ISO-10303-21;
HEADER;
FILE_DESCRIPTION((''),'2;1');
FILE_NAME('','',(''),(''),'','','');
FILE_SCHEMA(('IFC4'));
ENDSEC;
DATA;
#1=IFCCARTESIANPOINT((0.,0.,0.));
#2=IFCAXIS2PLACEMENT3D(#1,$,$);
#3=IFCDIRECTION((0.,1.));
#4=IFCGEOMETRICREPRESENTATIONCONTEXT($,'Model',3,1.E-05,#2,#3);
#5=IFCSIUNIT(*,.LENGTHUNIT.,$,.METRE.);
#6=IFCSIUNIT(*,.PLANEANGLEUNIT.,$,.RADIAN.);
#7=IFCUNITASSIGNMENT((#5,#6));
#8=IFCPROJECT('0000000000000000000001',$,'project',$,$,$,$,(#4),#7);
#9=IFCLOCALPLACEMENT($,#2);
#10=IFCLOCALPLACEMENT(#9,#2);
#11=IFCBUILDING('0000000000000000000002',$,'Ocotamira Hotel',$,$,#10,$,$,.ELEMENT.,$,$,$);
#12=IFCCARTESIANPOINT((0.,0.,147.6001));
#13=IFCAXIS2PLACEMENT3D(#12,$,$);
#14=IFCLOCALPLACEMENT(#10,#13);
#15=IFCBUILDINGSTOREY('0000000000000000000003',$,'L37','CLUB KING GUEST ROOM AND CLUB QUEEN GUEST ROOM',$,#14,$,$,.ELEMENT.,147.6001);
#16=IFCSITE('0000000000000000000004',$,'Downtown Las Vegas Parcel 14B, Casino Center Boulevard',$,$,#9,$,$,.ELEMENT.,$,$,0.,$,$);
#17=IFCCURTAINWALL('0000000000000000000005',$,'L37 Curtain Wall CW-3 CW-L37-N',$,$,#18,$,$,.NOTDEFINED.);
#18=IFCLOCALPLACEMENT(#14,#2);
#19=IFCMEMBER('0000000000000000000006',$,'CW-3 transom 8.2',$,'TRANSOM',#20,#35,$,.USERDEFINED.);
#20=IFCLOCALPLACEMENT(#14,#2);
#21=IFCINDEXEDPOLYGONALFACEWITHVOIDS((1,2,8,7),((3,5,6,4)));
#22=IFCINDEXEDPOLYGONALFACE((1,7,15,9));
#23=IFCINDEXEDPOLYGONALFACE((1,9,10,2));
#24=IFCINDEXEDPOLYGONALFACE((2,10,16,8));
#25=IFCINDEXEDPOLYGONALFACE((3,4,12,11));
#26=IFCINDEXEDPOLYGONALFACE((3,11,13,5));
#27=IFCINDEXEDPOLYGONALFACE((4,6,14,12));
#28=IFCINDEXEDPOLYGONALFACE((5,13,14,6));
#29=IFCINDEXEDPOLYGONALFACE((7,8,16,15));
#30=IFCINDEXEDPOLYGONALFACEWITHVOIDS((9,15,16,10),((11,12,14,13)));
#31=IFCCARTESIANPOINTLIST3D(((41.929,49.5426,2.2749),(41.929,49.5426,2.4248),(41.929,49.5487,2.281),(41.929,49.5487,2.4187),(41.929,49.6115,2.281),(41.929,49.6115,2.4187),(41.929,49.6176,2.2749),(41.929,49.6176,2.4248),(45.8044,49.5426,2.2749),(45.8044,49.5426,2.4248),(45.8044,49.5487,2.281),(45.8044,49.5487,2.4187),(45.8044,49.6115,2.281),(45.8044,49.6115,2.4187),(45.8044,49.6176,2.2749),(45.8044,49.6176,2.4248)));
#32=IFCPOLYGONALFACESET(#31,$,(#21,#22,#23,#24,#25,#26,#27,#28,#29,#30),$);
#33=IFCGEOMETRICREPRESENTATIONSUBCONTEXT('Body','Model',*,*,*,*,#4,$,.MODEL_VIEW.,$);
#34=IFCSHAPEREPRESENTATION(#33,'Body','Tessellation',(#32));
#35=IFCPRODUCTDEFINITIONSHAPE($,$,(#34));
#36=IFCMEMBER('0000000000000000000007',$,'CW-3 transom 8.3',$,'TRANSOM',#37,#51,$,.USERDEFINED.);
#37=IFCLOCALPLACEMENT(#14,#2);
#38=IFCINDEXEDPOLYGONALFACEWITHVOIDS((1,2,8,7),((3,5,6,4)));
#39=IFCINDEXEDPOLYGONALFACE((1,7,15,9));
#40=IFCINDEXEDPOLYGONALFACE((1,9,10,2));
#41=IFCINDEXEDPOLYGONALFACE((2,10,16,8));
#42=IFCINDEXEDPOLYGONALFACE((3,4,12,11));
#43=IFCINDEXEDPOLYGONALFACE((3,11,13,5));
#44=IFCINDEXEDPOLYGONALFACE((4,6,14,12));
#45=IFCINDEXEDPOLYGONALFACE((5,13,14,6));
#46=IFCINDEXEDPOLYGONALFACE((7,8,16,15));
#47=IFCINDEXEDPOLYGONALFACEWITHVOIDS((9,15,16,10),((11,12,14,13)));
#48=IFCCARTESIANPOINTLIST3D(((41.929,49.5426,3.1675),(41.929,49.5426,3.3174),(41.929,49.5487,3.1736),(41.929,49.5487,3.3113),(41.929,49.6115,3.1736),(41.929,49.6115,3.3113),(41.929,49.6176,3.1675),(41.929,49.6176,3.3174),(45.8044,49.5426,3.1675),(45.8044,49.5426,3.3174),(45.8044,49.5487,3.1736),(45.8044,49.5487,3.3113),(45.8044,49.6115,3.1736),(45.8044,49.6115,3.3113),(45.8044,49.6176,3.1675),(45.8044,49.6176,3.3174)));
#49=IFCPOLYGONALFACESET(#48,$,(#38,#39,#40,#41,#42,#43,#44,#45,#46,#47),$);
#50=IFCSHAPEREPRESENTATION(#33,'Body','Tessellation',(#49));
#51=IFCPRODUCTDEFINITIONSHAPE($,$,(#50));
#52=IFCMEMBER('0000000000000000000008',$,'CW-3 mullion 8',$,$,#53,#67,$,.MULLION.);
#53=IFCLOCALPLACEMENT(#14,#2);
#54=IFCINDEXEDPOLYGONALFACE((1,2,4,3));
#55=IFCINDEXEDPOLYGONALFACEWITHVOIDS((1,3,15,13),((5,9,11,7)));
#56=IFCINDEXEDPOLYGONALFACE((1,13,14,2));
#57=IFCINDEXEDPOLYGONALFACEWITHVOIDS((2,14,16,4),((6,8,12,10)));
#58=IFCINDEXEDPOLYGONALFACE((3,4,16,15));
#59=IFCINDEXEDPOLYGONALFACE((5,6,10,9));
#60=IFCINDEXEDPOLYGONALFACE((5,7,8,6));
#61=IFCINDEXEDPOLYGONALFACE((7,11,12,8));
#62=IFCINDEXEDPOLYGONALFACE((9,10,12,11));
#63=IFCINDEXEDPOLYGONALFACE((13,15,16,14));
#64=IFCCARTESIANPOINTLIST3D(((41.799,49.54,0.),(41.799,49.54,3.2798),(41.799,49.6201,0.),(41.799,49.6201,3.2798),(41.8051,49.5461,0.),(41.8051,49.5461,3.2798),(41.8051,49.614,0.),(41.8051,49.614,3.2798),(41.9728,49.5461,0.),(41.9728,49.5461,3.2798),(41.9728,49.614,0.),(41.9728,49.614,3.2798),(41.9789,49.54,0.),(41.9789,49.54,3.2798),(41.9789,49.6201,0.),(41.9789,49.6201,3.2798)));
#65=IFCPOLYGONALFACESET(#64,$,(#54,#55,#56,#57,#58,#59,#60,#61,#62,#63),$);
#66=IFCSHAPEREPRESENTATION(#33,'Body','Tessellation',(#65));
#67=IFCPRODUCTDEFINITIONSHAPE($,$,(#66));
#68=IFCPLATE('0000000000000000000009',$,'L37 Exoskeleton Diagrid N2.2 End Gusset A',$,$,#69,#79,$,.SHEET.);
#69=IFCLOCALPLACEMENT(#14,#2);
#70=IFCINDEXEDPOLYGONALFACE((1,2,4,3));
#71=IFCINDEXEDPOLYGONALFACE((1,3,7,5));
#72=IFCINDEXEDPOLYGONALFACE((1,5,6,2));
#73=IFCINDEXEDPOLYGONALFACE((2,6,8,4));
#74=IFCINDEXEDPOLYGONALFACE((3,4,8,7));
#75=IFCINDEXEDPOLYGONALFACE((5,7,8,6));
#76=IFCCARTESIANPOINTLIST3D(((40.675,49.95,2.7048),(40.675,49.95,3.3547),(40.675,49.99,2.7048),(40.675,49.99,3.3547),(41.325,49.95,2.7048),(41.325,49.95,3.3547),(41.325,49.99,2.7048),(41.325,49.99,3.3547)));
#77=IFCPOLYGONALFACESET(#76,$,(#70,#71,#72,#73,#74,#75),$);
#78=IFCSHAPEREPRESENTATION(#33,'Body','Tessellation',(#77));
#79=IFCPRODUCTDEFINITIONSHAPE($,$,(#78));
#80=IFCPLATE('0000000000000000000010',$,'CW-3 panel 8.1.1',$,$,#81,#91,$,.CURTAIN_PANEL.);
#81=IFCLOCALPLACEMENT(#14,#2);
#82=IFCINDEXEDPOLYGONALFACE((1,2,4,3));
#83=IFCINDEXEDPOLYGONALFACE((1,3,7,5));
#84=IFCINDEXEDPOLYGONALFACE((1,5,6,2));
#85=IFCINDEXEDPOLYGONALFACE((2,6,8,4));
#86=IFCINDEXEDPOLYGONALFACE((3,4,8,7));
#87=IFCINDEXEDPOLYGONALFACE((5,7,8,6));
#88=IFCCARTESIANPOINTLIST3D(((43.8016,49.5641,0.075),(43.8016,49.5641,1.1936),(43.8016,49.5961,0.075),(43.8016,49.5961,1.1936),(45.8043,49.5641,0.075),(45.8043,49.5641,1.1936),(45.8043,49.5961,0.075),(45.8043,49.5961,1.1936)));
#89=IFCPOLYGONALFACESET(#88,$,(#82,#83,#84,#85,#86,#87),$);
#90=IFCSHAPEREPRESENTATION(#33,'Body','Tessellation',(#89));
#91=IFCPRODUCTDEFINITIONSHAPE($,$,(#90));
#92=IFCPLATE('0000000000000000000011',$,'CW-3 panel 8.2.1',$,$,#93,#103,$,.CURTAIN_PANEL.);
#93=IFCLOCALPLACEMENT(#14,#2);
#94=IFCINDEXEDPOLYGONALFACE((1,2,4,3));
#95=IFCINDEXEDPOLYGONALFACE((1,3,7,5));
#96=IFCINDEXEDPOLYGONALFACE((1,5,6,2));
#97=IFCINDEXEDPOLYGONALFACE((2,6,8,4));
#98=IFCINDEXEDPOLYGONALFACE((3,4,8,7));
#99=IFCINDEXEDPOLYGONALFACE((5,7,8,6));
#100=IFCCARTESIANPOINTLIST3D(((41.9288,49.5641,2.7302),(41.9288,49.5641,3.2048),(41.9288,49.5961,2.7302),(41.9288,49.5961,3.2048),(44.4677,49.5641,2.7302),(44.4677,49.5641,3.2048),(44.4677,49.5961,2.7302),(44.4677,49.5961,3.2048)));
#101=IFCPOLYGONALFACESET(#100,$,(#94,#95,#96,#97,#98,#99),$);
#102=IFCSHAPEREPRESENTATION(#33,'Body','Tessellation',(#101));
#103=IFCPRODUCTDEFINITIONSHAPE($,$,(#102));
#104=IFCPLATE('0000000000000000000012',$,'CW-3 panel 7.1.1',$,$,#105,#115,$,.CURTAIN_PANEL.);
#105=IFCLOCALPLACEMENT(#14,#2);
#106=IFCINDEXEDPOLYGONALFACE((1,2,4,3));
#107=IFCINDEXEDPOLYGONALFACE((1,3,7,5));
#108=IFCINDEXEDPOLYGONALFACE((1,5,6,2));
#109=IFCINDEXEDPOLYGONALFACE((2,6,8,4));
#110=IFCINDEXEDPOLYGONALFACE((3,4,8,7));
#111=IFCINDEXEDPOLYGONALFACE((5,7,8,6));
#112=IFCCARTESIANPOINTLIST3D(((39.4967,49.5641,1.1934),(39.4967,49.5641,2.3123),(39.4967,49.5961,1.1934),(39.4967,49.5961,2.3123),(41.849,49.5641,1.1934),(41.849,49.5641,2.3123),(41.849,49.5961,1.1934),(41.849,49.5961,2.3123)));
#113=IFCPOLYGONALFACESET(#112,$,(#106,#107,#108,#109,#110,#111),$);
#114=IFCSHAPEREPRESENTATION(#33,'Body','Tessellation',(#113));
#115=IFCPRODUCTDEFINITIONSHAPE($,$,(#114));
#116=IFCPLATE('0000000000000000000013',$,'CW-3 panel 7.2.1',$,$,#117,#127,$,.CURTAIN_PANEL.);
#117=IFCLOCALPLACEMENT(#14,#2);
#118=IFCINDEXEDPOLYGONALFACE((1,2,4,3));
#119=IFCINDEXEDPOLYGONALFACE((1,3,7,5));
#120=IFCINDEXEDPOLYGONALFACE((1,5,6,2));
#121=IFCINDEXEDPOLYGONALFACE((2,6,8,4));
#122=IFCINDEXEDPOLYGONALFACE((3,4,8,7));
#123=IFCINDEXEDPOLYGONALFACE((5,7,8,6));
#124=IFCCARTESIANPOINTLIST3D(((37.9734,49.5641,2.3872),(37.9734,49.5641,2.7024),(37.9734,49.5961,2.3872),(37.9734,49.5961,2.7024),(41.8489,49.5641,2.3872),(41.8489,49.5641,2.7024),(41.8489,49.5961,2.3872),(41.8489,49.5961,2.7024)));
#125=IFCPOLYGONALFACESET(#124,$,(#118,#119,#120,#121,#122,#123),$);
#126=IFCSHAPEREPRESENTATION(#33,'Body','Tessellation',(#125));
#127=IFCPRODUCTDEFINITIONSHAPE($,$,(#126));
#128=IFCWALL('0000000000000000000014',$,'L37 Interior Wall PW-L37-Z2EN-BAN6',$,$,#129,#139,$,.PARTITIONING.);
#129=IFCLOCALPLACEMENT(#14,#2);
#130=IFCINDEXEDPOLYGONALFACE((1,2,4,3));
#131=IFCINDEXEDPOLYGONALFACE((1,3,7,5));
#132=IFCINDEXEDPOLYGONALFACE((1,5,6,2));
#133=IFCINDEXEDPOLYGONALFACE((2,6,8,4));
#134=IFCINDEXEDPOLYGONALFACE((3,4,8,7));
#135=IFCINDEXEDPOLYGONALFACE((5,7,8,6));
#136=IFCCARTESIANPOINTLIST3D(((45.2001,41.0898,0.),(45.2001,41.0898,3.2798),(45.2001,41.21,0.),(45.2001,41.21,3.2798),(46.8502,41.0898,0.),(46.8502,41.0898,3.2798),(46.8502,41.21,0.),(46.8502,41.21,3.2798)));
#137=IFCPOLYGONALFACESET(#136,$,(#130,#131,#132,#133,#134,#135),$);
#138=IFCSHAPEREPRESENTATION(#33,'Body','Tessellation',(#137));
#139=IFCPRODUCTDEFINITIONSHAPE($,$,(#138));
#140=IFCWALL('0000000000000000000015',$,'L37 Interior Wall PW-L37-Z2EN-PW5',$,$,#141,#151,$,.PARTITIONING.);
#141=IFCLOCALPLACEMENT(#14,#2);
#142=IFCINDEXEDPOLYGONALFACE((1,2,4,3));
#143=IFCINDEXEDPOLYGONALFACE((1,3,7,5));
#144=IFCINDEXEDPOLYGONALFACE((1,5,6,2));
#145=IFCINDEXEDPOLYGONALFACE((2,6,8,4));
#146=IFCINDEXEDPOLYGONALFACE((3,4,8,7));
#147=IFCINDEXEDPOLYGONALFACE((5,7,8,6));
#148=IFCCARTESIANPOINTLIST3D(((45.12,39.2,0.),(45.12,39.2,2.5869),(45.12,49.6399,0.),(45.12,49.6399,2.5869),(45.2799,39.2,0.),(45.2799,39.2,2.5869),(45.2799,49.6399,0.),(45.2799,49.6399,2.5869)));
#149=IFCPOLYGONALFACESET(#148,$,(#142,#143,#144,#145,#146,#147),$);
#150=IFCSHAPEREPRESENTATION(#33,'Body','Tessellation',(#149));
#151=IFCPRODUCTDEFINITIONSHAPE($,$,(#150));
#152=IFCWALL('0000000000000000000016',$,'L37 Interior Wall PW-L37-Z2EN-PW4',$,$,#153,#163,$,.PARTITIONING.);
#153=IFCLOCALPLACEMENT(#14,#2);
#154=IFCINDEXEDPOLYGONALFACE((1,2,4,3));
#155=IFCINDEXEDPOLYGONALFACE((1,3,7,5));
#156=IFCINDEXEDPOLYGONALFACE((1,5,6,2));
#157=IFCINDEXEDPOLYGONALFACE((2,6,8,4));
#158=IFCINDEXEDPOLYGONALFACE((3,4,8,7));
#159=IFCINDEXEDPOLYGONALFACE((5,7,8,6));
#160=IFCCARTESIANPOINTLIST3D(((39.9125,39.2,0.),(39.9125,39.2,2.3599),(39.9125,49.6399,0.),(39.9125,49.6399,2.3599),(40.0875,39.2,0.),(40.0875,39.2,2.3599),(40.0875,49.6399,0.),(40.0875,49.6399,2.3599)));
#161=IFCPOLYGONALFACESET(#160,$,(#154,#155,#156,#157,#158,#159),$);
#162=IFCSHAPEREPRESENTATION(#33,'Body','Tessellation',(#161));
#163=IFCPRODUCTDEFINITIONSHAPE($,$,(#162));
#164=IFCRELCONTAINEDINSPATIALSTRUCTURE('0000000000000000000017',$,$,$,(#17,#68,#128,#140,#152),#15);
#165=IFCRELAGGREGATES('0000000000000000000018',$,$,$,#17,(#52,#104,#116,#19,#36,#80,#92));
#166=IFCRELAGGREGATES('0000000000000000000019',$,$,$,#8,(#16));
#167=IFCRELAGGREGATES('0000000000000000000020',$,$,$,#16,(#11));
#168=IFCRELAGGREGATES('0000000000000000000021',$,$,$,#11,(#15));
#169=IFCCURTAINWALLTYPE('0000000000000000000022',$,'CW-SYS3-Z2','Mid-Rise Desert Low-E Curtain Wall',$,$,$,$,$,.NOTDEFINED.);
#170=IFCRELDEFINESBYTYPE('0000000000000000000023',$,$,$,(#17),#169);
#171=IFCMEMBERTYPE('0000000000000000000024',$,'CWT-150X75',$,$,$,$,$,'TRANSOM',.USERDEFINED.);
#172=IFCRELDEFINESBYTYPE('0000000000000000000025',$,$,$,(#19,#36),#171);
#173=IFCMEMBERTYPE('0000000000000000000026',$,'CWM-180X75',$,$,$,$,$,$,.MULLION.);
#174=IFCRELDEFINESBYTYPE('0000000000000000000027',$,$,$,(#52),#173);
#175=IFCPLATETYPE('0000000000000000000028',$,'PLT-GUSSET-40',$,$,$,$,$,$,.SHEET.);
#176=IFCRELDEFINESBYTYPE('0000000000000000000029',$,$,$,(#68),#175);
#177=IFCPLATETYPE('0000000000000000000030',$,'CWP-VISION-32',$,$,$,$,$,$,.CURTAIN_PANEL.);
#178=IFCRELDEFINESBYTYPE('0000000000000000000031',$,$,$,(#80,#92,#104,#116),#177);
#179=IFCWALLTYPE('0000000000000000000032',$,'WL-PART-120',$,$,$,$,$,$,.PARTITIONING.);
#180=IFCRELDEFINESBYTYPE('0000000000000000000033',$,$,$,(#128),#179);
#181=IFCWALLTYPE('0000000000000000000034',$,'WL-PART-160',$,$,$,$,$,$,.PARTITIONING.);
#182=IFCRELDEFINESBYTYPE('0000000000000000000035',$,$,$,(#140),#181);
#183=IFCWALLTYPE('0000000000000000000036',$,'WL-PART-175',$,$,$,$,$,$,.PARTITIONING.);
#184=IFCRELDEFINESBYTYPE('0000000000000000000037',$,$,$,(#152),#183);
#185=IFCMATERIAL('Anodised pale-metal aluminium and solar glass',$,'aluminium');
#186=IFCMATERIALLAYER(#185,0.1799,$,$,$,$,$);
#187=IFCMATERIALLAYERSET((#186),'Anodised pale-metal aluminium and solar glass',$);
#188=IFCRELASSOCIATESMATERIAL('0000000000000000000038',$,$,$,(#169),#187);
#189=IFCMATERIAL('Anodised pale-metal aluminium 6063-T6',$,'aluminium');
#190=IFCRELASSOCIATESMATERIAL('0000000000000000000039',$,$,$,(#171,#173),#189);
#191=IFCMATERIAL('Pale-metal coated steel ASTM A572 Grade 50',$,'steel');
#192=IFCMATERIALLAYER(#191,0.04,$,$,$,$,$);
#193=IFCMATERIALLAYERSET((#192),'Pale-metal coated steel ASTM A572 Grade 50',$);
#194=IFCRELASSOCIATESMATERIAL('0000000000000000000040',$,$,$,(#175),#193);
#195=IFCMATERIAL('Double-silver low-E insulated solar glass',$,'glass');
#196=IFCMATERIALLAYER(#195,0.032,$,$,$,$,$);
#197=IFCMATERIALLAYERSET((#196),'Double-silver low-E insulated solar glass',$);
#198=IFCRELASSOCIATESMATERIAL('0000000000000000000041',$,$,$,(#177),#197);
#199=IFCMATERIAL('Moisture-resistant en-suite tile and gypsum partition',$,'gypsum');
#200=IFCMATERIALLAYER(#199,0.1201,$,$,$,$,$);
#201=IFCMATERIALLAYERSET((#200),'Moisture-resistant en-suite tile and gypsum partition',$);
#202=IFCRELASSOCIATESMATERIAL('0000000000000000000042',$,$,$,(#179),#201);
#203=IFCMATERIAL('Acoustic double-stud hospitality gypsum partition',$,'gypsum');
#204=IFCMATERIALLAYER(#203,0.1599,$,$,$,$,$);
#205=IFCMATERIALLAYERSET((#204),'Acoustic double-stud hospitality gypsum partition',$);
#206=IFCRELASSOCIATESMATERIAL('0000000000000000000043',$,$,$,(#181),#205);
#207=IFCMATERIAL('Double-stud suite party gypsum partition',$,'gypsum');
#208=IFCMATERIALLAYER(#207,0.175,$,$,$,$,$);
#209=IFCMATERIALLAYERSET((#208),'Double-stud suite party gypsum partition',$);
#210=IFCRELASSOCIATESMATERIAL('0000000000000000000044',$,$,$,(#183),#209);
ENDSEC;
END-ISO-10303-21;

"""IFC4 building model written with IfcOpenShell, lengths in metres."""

from ifc_helpers import new_model, si_unit, direction, frame, frame_2d, origin, origin_2d, place, context, subcontext, project, spatial, rectangle, hollow_rectangle, extrude, source, transform, mapped, material, layer, layer_set, material_profile, profile_set, type_object, element, aggregate, save


model = new_model("IFC4")

# Units and contexts
model_context = context("Model", 3, precision=1e-05, world=origin(), true_north=direction((0.0, 1.0)))
body_context = subcontext(model_context, "Body", "Model", "MODEL_VIEW")
ifc_project = project(units=[si_unit("LENGTHUNIT", "METRE"), si_unit("PLANEANGLEUNIT", "RADIAN")], contexts=[model_context])

# Site, building, storey
site_placement = place(None, origin())
site = spatial("IfcSite", under=ifc_project, at=site_placement, Name="Downtown Las Vegas Parcel 14B, Casino Center Boulevard", CompositionType="ELEMENT", RefElevation=0.0)
building_placement = place(site_placement, origin())
building = spatial("IfcBuilding", under=site, at=building_placement, Name="Ocotamira Hotel", CompositionType="ELEMENT")
storey_placement = place(building_placement, frame((0.0, 0.0, 147.6001)))
storey = spatial("IfcBuildingStorey", under=building, at=storey_placement, Name="L37", Description="CLUB KING GUEST ROOM AND CLUB QUEEN GUEST ROOM", CompositionType="ELEMENT", Elevation=147.6001)

# Curtain wall, members
ifc_material_1 = material(Name="Anodised pale-metal aluminium and solar glass", Category="aluminium")
ifc_layer_1 = layer(ifc_material_1, 0.1799)
ifc_layer_set_1 = layer_set([ifc_layer_1], Name="Anodised pale-metal aluminium and solar glass")
curtain_wall_type = type_object("IfcCurtainWallType", Name="CW-SYS3-Z2", Description="Mid-Rise Desert Low-E Curtain Wall", PredefinedType="NOTDEFINED", material=ifc_layer_set_1)
curtain_wall_placement = place(storey_placement, origin())
curtain_wall = element("IfcCurtainWall", 1, at=curtain_wall_placement, inside=storey, type_object=curtain_wall_type, Name="L37 Curtain Wall CW-3 CW-L37-N", PredefinedType="NOTDEFINED")
ifc_material_2 = material(Name="Anodised pale-metal aluminium 6063-T6", Category="aluminium")
ifc_material_profile_1 = material_profile(ifc_material_2, hollow_rectangle(XDim=0.075, YDim=0.1499, WallThickness=0.0061, at=origin_2d()), Name="HSS150X75X6")
ifc_profile_set_1 = profile_set([ifc_material_profile_1], Name="Anodised pale-metal aluminium 6063-T6")
member_type_1 = type_object("IfcMemberType", Name="CWT-150X75", ElementType="TRANSOM", PredefinedType="USERDEFINED", material=ifc_profile_set_1)
shared_shape_1 = source(origin(), body_context, "Body", "SweptSolid", [
    extrude(hollow_rectangle(XDim=0.075, YDim=0.1499, WallThickness=0.0061, at=origin_2d()), origin(), (0.0, 0.0, 1.0), 3.8755),
])
member_1_placement = place(storey_placement, frame((41.929, 49.5801, 2.3499), z_axis=(1.0, 0.0, 0.0), x_axis=(0.0, 1.0, 0.0)))
member_1 = element("IfcMember", 2, at=member_1_placement, type_object=member_type_1, Name="CW-3 transom 8.2", ObjectType="TRANSOM", PredefinedType="USERDEFINED", context=body_context, shape_type="MappedRepresentation", body=[
    mapped(shared_shape_1, transform((0.0, 0.0, 0.0), scale=1.0)),
])
member_2_placement = place(storey_placement, frame((41.929, 49.5801, 3.2424), z_axis=(1.0, 0.0, 0.0), x_axis=(0.0, 1.0, 0.0)))
member_2 = element("IfcMember", 3, at=member_2_placement, type_object=member_type_1, Name="CW-3 transom 8.3", ObjectType="TRANSOM", PredefinedType="USERDEFINED", context=body_context, shape_type="MappedRepresentation", body=[
    mapped(shared_shape_1, transform((0.0, 0.0, 0.0), scale=1.0)),
])
ifc_material_profile_2 = material_profile(ifc_material_2, hollow_rectangle(XDim=0.0801, YDim=0.1799, WallThickness=0.0061, at=origin_2d()), Name="HSS180X80X6")
ifc_profile_set_2 = profile_set([ifc_material_profile_2], Name="Anodised pale-metal aluminium 6063-T6")
member_type_2 = type_object("IfcMemberType", Name="CWM-180X75", PredefinedType="MULLION", material=ifc_profile_set_2)
shared_shape_2 = source(origin(), body_context, "Body", "SweptSolid", [
    extrude(hollow_rectangle(XDim=0.0801, YDim=0.1799, WallThickness=0.0061, at=origin_2d()), origin(), (0.0, 0.0, 1.0), 3.2798),
])
member_3_placement = place(storey_placement, frame((41.8889, 49.5801, 0.0), z_axis=(0.0, 0.0, 1.0), x_axis=(0.0, 1.0, 0.0)))
member_3 = element("IfcMember", 4, at=member_3_placement, type_object=member_type_2, Name="CW-3 mullion 8", PredefinedType="MULLION", context=body_context, shape_type="MappedRepresentation", body=[
    mapped(shared_shape_2, transform((0.0, 0.0, 0.0), scale=1.0)),
])

# Plates
ifc_material_3 = material(Name="Pale-metal coated steel ASTM A572 Grade 50", Category="steel")
ifc_layer_2 = layer(ifc_material_3, 0.04)
ifc_layer_set_2 = layer_set([ifc_layer_2], Name="Pale-metal coated steel ASTM A572 Grade 50")
plate_type_1 = type_object("IfcPlateType", Name="PLT-GUSSET-40", PredefinedType="SHEET", material=ifc_layer_set_2)
shared_shape_3 = source(origin(), body_context, "Body", "SweptSolid", [
    extrude(rectangle(XDim=0.6499, YDim=0.04, at=origin_2d()), origin(), (0.0, 0.0, 1.0), 0.6499),
])
plate_1_placement = place(storey_placement, frame((41.0, 49.97, 2.7048), z_axis=(0.0, 0.0, 1.0), x_axis=(-1.0, 0.0, 0.0)))
element("IfcPlate", 5, at=plate_1_placement, inside=storey, type_object=plate_type_1, Name="L37 Exoskeleton Diagrid N2.2 End Gusset A", PredefinedType="SHEET", context=body_context, shape_type="MappedRepresentation", body=[
    mapped(shared_shape_3, transform((0.0, 0.0, 0.0), scale=1.0)),
])
ifc_material_4 = material(Name="Double-silver low-E insulated solar glass", Category="glass")
ifc_layer_3 = layer(ifc_material_4, 0.032)
ifc_layer_set_3 = layer_set([ifc_layer_3], Name="Double-silver low-E insulated solar glass")
plate_type_2 = type_object("IfcPlateType", Name="CWP-VISION-32", PredefinedType="CURTAIN_PANEL", material=ifc_layer_set_3)
shared_shape_4 = source(origin(), body_context, "Body", "SweptSolid", [
    extrude(rectangle(XDim=2.0027, YDim=0.032, at=origin_2d()), origin(), (0.0, 0.0, 1.0), 1.1187),
])
plate_2_placement = place(storey_placement, frame((44.803, 49.5801, 0.075), z_axis=(0.0, 0.0, 1.0), x_axis=(1.0, 0.0, 0.0)))
plate_2 = element("IfcPlate", 6, at=plate_2_placement, type_object=plate_type_2, Name="CW-3 panel 8.1.1", PredefinedType="CURTAIN_PANEL", context=body_context, shape_type="MappedRepresentation", body=[
    mapped(shared_shape_4, transform((0.0, 0.0, 0.0), scale=1.0)),
])
shared_shape_5 = source(origin(), body_context, "Body", "SweptSolid", [
    extrude(rectangle(XDim=2.5388, YDim=0.032, at=origin_2d()), origin(), (0.0, 0.0, 1.0), 0.4746),
])
plate_3_placement = place(storey_placement, frame((43.1982, 49.5801, 2.7302), z_axis=(0.0, 0.0, 1.0), x_axis=(1.0, 0.0, 0.0)))
plate_3 = element("IfcPlate", 7, at=plate_3_placement, type_object=plate_type_2, Name="CW-3 panel 8.2.1", PredefinedType="CURTAIN_PANEL", context=body_context, shape_type="MappedRepresentation", body=[
    mapped(shared_shape_5, transform((0.0, 0.0, 0.0), scale=1.0)),
])
shared_shape_6 = source(origin(), body_context, "Body", "SweptSolid", [
    extrude(rectangle(XDim=2.3523, YDim=0.032, at=origin_2d()), origin(), (0.0, 0.0, 1.0), 1.1189),
])
plate_4_placement = place(storey_placement, frame((40.6729, 49.5801, 1.1934), z_axis=(0.0, 0.0, 1.0), x_axis=(1.0, 0.0, 0.0)))
plate_4 = element("IfcPlate", 8, at=plate_4_placement, type_object=plate_type_2, Name="CW-3 panel 7.1.1", PredefinedType="CURTAIN_PANEL", context=body_context, shape_type="MappedRepresentation", body=[
    mapped(shared_shape_6, transform((0.0, 0.0, 0.0), scale=1.0)),
])
shared_shape_7 = source(origin(), body_context, "Body", "SweptSolid", [
    extrude(rectangle(XDim=3.8755, YDim=0.032, at=origin_2d()), origin(), (0.0, 0.0, 1.0), 0.3152),
])
plate_5_placement = place(storey_placement, frame((39.9111, 49.5801, 2.3872), z_axis=(0.0, 0.0, 1.0), x_axis=(1.0, 0.0, 0.0)))
plate_5 = element("IfcPlate", 9, at=plate_5_placement, type_object=plate_type_2, Name="CW-3 panel 7.2.1", PredefinedType="CURTAIN_PANEL", context=body_context, shape_type="MappedRepresentation", body=[
    mapped(shared_shape_7, transform((0.0, 0.0, 0.0), scale=1.0)),
])
aggregate(curtain_wall, [member_3, plate_4, plate_5, member_1, member_2, plate_2, plate_3])

# Walls
ifc_material_5 = material(Name="Moisture-resistant en-suite tile and gypsum partition", Category="gypsum")
ifc_layer_4 = layer(ifc_material_5, 0.1201)
ifc_layer_set_4 = layer_set([ifc_layer_4], Name="Moisture-resistant en-suite tile and gypsum partition")
wall_type_1 = type_object("IfcWallType", Name="WL-PART-120", PredefinedType="PARTITIONING", material=ifc_layer_set_4)
wall_1_placement = place(storey_placement, frame((45.2, 41.1499, 0.0), z_axis=(0.0, 0.0, 1.0), x_axis=(1.0, 0.0, 0.0)))
element("IfcWall", 10, at=wall_1_placement, inside=storey, type_object=wall_type_1, Name="L37 Interior Wall PW-L37-Z2EN-BAN6", PredefinedType="PARTITIONING", context=body_context, shape_type="SweptSolid", body=[
    extrude(rectangle(XDim=1.6501, YDim=0.1201, at=frame_2d((0.8252, 0.0))), origin(), (0.0, 0.0, 1.0), 3.2798),
])
ifc_material_6 = material(Name="Acoustic double-stud hospitality gypsum partition", Category="gypsum")
ifc_layer_5 = layer(ifc_material_6, 0.1599)
ifc_layer_set_5 = layer_set([ifc_layer_5], Name="Acoustic double-stud hospitality gypsum partition")
wall_type_2 = type_object("IfcWallType", Name="WL-PART-160", PredefinedType="PARTITIONING", material=ifc_layer_set_5)
wall_2_placement = place(storey_placement, frame((45.2, 39.2, 0.0), z_axis=(0.0, 0.0, 1.0), x_axis=(0.0, 1.0, 0.0)))
element("IfcWall", 11, at=wall_2_placement, inside=storey, type_object=wall_type_2, Name="L37 Interior Wall PW-L37-Z2EN-PW5", PredefinedType="PARTITIONING", context=body_context, shape_type="SweptSolid", body=[
    extrude(rectangle(XDim=10.4399, YDim=0.1599, at=frame_2d((5.22, 0.0))), origin(), (0.0, 0.0, 1.0), 2.5869),
])
ifc_material_7 = material(Name="Double-stud suite party gypsum partition", Category="gypsum")
ifc_layer_6 = layer(ifc_material_7, 0.175)
ifc_layer_set_6 = layer_set([ifc_layer_6], Name="Double-stud suite party gypsum partition")
wall_type_3 = type_object("IfcWallType", Name="WL-PART-175", PredefinedType="PARTITIONING", material=ifc_layer_set_6)
wall_3_placement = place(storey_placement, frame((40.0, 39.2, 0.0), z_axis=(0.0, 0.0, 1.0), x_axis=(0.0, 1.0, 0.0)))
element("IfcWall", 12, at=wall_3_placement, inside=storey, type_object=wall_type_3, Name="L37 Interior Wall PW-L37-Z2EN-PW4", PredefinedType="PARTITIONING", context=body_context, shape_type="SweptSolid", body=[
    extrude(rectangle(XDim=10.4399, YDim=0.175, at=frame_2d((5.22, 0.0))), origin(), (0.0, 0.0, 1.0), 2.3599),
])

save(model, "model.ifc")
